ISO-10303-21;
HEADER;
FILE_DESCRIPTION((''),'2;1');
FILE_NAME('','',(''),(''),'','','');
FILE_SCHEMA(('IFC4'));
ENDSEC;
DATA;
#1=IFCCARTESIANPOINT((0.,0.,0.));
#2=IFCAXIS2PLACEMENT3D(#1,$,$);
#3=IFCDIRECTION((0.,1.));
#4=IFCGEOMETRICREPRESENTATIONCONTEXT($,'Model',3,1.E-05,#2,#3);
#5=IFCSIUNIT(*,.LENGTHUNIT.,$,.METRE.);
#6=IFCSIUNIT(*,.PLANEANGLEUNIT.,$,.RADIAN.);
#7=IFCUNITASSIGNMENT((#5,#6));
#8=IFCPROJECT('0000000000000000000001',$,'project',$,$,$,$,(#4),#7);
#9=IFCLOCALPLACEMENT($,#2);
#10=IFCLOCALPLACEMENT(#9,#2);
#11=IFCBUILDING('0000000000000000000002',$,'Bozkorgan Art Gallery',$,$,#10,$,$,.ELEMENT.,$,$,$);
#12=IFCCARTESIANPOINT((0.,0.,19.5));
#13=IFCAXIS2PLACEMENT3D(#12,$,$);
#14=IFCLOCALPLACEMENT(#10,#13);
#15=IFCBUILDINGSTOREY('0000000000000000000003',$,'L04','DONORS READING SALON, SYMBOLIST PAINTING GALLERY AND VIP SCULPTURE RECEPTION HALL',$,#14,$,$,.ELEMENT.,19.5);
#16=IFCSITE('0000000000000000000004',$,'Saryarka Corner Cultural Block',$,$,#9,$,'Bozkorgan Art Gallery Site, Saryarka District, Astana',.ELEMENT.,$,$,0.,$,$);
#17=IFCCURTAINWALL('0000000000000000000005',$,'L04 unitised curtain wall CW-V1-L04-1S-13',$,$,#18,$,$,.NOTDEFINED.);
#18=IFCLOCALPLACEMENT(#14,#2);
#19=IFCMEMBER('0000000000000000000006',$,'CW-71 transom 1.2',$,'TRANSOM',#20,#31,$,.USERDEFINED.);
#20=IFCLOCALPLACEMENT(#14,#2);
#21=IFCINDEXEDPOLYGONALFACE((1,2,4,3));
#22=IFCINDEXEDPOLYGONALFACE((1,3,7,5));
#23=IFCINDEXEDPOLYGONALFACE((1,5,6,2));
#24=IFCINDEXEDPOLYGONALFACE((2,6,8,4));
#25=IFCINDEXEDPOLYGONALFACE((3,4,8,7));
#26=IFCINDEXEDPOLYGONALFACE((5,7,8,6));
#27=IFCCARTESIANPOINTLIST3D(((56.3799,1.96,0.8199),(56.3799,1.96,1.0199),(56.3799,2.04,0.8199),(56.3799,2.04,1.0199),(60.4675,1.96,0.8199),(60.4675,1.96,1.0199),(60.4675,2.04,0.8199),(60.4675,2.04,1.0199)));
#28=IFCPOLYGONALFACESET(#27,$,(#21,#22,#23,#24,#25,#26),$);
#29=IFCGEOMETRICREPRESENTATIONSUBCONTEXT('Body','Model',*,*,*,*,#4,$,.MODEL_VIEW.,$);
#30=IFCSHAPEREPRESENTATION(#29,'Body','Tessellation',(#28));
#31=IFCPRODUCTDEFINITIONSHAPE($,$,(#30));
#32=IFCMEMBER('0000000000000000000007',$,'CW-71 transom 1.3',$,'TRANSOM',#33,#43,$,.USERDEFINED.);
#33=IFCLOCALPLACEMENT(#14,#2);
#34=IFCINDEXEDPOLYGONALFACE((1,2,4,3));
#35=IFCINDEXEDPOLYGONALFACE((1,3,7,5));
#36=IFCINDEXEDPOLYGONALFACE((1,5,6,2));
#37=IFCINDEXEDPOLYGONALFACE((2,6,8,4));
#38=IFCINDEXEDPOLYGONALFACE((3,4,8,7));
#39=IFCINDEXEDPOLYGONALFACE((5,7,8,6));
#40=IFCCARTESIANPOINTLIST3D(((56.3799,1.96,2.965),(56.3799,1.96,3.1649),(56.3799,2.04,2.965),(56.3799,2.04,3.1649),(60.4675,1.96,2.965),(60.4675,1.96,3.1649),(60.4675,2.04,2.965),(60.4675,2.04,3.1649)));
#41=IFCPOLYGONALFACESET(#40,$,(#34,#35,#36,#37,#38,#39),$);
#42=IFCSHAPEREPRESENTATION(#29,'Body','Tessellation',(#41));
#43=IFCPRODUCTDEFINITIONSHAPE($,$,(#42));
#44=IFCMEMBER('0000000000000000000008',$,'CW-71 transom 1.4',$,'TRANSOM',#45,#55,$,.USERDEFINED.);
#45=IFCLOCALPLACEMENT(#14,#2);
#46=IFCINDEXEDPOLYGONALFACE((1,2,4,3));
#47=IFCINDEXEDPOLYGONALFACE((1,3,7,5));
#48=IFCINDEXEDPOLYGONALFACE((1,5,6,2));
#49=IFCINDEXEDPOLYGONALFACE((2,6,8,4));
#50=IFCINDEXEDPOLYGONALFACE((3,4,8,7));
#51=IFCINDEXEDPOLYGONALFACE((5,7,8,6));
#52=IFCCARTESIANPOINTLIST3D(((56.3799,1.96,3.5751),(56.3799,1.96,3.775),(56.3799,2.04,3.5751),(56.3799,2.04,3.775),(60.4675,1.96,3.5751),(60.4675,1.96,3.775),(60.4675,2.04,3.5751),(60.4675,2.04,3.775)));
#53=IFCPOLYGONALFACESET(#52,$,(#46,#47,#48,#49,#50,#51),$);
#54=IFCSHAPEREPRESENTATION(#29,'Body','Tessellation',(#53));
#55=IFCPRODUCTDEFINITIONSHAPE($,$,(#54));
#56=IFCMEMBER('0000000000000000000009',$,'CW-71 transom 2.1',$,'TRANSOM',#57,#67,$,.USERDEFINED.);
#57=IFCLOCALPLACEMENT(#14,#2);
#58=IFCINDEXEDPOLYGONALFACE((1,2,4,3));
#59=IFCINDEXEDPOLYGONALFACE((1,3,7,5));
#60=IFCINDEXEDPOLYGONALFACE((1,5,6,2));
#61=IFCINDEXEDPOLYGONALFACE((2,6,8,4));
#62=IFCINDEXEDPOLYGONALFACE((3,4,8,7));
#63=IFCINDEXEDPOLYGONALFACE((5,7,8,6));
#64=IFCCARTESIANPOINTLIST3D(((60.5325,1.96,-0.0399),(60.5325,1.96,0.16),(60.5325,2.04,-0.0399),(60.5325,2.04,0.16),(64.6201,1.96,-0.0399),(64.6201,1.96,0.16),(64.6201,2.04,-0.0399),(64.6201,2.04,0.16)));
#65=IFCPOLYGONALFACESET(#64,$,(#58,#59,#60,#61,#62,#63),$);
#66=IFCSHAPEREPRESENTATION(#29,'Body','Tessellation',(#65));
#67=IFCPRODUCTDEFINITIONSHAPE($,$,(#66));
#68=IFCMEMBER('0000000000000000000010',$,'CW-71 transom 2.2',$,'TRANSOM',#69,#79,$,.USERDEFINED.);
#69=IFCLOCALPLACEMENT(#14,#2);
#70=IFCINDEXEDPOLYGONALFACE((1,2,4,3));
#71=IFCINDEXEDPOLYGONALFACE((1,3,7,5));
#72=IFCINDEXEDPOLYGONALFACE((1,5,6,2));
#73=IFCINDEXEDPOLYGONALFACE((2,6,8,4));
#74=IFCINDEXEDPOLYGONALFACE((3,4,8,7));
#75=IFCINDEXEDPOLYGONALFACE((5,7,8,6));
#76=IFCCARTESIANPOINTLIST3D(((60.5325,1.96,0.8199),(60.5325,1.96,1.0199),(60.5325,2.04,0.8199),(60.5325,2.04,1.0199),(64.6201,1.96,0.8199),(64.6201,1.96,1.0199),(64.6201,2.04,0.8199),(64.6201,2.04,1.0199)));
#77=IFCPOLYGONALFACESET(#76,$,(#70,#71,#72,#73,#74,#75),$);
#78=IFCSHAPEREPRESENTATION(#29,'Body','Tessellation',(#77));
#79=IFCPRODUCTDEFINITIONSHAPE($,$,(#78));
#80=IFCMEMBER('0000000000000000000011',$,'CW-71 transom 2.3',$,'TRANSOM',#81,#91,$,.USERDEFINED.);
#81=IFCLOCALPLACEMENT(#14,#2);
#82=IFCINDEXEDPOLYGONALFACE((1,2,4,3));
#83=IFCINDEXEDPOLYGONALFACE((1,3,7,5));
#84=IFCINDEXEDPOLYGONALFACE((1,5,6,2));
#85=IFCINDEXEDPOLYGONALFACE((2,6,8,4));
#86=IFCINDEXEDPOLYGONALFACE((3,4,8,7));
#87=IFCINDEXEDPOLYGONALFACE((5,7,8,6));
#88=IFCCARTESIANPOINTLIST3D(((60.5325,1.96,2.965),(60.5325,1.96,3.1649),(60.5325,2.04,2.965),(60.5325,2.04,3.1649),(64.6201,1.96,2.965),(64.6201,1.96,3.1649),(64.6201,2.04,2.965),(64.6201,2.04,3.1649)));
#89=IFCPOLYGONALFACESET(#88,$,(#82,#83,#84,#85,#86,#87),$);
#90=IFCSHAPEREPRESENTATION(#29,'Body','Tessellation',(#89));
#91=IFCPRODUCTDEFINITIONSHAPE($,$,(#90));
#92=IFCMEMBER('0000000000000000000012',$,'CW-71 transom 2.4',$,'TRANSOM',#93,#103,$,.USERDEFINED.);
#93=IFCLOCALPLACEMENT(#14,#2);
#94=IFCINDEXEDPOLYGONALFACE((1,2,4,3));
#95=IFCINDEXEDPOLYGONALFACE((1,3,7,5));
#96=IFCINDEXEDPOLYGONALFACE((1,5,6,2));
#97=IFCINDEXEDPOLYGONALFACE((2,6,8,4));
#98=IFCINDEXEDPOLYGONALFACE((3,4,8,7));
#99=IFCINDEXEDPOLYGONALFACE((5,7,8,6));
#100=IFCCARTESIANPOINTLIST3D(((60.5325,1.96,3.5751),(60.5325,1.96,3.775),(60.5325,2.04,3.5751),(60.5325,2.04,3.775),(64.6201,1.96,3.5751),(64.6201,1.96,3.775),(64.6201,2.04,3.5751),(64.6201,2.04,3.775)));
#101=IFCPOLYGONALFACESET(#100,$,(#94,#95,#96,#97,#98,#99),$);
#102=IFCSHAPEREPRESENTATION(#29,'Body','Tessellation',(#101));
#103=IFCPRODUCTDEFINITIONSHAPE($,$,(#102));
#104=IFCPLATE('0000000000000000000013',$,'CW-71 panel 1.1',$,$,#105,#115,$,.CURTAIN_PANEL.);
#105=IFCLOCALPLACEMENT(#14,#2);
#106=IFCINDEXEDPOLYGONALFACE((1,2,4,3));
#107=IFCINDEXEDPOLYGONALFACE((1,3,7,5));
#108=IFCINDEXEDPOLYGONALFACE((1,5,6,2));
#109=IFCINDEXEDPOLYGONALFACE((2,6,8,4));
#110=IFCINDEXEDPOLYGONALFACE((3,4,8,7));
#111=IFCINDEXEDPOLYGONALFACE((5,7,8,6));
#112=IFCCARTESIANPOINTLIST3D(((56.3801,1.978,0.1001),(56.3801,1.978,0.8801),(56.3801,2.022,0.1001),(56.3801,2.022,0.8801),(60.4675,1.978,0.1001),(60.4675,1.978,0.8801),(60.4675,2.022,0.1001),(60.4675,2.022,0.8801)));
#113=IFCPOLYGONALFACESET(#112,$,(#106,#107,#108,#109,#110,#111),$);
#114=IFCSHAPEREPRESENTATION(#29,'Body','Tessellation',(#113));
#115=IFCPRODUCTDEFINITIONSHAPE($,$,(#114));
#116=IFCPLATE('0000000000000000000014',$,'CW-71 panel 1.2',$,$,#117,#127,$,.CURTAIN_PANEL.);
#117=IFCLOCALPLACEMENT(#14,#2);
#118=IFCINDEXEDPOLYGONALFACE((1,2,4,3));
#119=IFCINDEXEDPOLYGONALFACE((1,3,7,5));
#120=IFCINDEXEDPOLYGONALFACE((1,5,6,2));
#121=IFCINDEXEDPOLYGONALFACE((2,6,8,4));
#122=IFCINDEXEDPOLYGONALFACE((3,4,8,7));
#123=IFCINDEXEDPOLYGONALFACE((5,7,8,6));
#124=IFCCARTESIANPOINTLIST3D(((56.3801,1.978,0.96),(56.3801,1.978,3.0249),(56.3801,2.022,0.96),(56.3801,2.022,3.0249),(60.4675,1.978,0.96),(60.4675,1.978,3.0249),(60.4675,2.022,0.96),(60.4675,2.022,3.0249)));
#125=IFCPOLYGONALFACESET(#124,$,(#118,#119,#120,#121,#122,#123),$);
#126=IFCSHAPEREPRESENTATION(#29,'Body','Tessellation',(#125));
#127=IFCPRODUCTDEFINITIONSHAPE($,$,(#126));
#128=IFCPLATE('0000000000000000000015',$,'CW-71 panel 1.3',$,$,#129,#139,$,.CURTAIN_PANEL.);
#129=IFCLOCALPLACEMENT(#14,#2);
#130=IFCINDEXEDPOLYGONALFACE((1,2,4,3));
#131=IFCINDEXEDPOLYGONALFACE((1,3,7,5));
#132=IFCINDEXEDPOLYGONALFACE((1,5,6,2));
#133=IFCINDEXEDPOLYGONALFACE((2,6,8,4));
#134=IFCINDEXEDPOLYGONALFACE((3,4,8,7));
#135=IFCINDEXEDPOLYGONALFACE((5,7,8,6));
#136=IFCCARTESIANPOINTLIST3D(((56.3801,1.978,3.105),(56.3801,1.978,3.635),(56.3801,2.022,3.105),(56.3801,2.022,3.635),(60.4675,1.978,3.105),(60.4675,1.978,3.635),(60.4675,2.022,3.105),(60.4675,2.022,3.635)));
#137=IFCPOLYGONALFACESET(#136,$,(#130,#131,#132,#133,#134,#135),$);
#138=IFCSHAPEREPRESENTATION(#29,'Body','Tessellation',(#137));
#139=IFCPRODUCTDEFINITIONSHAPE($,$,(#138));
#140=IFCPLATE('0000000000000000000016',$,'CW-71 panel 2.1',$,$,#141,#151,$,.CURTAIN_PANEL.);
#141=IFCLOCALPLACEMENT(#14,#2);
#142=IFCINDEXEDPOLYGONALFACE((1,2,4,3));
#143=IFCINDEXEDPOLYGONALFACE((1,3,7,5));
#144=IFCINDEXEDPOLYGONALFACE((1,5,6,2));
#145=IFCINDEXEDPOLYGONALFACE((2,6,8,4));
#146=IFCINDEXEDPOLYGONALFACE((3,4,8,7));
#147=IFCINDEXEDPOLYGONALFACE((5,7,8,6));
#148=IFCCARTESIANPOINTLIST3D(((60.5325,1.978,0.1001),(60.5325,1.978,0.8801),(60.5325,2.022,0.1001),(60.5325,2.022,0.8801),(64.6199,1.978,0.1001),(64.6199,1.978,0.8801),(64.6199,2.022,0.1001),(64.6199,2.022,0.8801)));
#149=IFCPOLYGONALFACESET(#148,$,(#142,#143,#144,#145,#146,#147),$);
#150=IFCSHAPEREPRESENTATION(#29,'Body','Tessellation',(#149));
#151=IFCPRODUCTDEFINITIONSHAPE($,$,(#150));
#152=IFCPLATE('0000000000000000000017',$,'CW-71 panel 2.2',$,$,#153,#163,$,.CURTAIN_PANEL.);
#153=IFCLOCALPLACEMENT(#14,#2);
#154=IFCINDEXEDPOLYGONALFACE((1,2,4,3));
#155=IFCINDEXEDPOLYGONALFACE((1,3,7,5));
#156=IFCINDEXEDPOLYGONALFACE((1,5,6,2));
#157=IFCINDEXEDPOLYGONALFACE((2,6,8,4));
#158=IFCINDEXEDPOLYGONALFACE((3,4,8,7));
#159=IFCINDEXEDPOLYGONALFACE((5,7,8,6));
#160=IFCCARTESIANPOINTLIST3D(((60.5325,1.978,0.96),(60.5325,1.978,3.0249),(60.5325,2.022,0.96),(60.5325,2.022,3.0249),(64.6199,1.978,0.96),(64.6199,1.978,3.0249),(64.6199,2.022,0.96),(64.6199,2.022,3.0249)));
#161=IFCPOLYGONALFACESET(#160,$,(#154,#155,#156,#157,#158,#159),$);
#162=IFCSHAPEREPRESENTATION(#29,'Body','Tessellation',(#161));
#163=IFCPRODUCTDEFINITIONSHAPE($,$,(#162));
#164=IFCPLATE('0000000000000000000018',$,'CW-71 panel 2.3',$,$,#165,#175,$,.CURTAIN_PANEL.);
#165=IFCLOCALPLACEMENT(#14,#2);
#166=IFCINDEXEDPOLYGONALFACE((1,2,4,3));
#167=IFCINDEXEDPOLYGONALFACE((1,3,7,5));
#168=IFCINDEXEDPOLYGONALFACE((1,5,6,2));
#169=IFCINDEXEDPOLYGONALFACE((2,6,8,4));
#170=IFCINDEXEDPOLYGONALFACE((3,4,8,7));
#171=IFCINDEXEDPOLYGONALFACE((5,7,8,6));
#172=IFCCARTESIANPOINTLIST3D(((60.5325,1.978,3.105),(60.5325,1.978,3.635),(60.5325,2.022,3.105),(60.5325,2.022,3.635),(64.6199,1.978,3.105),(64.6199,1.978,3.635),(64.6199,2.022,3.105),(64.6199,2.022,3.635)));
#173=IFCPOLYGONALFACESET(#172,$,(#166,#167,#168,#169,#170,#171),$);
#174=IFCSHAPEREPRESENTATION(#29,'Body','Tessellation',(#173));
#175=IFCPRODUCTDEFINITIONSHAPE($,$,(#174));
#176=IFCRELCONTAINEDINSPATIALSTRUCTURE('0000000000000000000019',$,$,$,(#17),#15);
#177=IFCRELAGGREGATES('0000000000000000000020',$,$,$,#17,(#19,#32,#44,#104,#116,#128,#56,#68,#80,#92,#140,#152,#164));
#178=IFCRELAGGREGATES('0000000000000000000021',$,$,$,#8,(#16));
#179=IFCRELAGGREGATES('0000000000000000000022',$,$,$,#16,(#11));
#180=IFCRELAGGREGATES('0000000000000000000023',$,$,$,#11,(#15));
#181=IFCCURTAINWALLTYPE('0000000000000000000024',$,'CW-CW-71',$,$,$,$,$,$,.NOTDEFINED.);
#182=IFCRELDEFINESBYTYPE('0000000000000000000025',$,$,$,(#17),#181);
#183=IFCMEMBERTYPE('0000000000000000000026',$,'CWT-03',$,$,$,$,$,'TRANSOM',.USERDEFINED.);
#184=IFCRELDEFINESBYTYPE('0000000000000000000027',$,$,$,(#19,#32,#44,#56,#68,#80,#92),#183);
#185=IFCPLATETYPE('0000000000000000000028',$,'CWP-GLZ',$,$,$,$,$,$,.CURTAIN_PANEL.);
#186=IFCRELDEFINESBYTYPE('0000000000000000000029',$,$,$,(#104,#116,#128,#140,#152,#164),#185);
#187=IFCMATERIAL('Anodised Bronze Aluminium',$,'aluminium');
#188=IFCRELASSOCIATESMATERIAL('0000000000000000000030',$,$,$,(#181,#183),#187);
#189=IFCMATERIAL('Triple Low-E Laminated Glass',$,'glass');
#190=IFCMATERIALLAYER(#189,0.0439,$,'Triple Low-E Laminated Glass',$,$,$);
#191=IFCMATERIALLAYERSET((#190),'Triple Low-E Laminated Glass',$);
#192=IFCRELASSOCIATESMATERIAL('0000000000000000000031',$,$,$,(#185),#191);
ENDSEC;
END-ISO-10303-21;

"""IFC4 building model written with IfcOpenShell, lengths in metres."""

from ifc_helpers import new_model, si_unit, direction, frame, origin, origin_2d, place, context, subcontext, project, spatial, rectangle, extrude, material, layer, layer_set, material_profile, profile_set, type_object, element, aggregate, save


model = new_model("IFC4")

# Units and contexts
model_context = context("Model", 3, precision=1e-05, world=origin(), true_north=direction((0.0, 1.0)))
body_context = subcontext(model_context, "Body", "Model", "MODEL_VIEW")
ifc_project = project(units=[si_unit("LENGTHUNIT", "METRE"), si_unit("PLANEANGLEUNIT", "RADIAN")], contexts=[model_context])

# Site, building, storey
site_placement = place(None, origin())
site = spatial("IfcSite", under=ifc_project, at=site_placement, Name="Saryarka Corner Cultural Block", LongName="Bozkorgan Art Gallery Site, Saryarka District, Astana", CompositionType="ELEMENT", RefElevation=0.0)
building_placement = place(site_placement, origin())
building = spatial("IfcBuilding", under=site, at=building_placement, Name="Bozkorgan Art Gallery", CompositionType="ELEMENT")
storey_placement = place(building_placement, frame((0.0, 0.0, 19.5)))
storey = spatial("IfcBuildingStorey", under=building, at=storey_placement, Name="L04", Description="DONORS READING SALON, SYMBOLIST PAINTING GALLERY AND VIP SCULPTURE RECEPTION HALL", CompositionType="ELEMENT", Elevation=19.5)

# Curtain wall
ifc_material_1 = material(Name="Anodised Bronze Aluminium", Category="aluminium")
curtain_wall_type = type_object("IfcCurtainWallType", Name="CW-CW-71", PredefinedType="NOTDEFINED", material=ifc_material_1)
curtain_wall_1_placement = place(storey_placement, origin())
curtain_wall_1 = element("IfcCurtainWall", 1, at=curtain_wall_1_placement, inside=storey, type_object=curtain_wall_type, Name="L04 unitised curtain wall CW-V1-L04-1S-13", PredefinedType="NOTDEFINED")

# Members
ifc_material_profile_1 = material_profile(ifc_material_1, rectangle(XDim=0.0801, YDim=0.2, at=origin_2d()), Name="ALU TRANSOM 80x200")
ifc_profile_set_1 = profile_set([ifc_material_profile_1], Name="Anodised Bronze Aluminium")
member_type_1 = type_object("IfcMemberType", Name="CWT-03", ElementType="TRANSOM", PredefinedType="USERDEFINED", material=ifc_profile_set_1)
member_1_placement = place(storey_placement, frame((56.3799, 2.0, 0.9199), z_axis=(1.0, 0.0, 0.0), x_axis=(0.0, 1.0, 0.0)))
member_1 = element("IfcMember", 2, at=member_1_placement, type_object=member_type_1, Name="CW-71 transom 1.2", ObjectType="TRANSOM", PredefinedType="USERDEFINED", context=body_context, shape_type="SweptSolid", body=[
    extrude(rectangle(XDim=0.0801, YDim=0.2, at=origin_2d()), origin(), (0.0, 0.0, 1.0), 4.0876),
])
member_2_placement = place(storey_placement, frame((56.3799, 2.0, 3.0649), z_axis=(1.0, 0.0, 0.0), x_axis=(0.0, 1.0, 0.0)))
member_2 = element("IfcMember", 3, at=member_2_placement, type_object=member_type_1, Name="CW-71 transom 1.3", ObjectType="TRANSOM", PredefinedType="USERDEFINED", context=body_context, shape_type="SweptSolid", body=[
    extrude(rectangle(XDim=0.0801, YDim=0.2, at=origin_2d()), origin(), (0.0, 0.0, 1.0), 4.0876),
])
member_3_placement = place(storey_placement, frame((56.3799, 2.0, 3.675), z_axis=(1.0, 0.0, 0.0), x_axis=(0.0, 1.0, 0.0)))
member_3 = element("IfcMember", 4, at=member_3_placement, type_object=member_type_1, Name="CW-71 transom 1.4", ObjectType="TRANSOM", PredefinedType="USERDEFINED", context=body_context, shape_type="SweptSolid", body=[
    extrude(rectangle(XDim=0.0801, YDim=0.2, at=origin_2d()), origin(), (0.0, 0.0, 1.0), 4.0876),
])
member_4_placement = place(storey_placement, frame((60.5325, 2.0, 0.0601), z_axis=(1.0, 0.0, 0.0), x_axis=(0.0, 1.0, 0.0)))
member_4 = element("IfcMember", 5, at=member_4_placement, type_object=member_type_1, Name="CW-71 transom 2.1", ObjectType="TRANSOM", PredefinedType="USERDEFINED", context=body_context, shape_type="SweptSolid", body=[
    extrude(rectangle(XDim=0.0801, YDim=0.2, at=origin_2d()), origin(), (0.0, 0.0, 1.0), 4.0876),
])
member_5_placement = place(storey_placement, frame((60.5325, 2.0, 0.9199), z_axis=(1.0, 0.0, 0.0), x_axis=(0.0, 1.0, 0.0)))
member_5 = element("IfcMember", 6, at=member_5_placement, type_object=member_type_1, Name="CW-71 transom 2.2", ObjectType="TRANSOM", PredefinedType="USERDEFINED", context=body_context, shape_type="SweptSolid", body=[
    extrude(rectangle(XDim=0.0801, YDim=0.2, at=origin_2d()), origin(), (0.0, 0.0, 1.0), 4.0876),
])
member_6_placement = place(storey_placement, frame((60.5325, 2.0, 3.0649), z_axis=(1.0, 0.0, 0.0), x_axis=(0.0, 1.0, 0.0)))
member_6 = element("IfcMember", 7, at=member_6_placement, type_object=member_type_1, Name="CW-71 transom 2.3", ObjectType="TRANSOM", PredefinedType="USERDEFINED", context=body_context, shape_type="SweptSolid", body=[
    extrude(rectangle(XDim=0.0801, YDim=0.2, at=origin_2d()), origin(), (0.0, 0.0, 1.0), 4.0876),
])
member_7_placement = place(storey_placement, frame((60.5325, 2.0, 3.675), z_axis=(1.0, 0.0, 0.0), x_axis=(0.0, 1.0, 0.0)))
member_7 = element("IfcMember", 8, at=member_7_placement, type_object=member_type_1, Name="CW-71 transom 2.4", ObjectType="TRANSOM", PredefinedType="USERDEFINED", context=body_context, shape_type="SweptSolid", body=[
    extrude(rectangle(XDim=0.0801, YDim=0.2, at=origin_2d()), origin(), (0.0, 0.0, 1.0), 4.0876),
])

# Plates
ifc_material_2 = material(Name="Triple Low-E Laminated Glass", Category="glass")
ifc_layer = layer(ifc_material_2, 0.0439, Name="Triple Low-E Laminated Glass")
ifc_layer_set = layer_set([ifc_layer], Name="Triple Low-E Laminated Glass")
plate_type = type_object("IfcPlateType", Name="CWP-GLZ", PredefinedType="CURTAIN_PANEL", material=ifc_layer_set)
plate_1_placement = place(storey_placement, frame((58.4238, 2.0, 0.1001), z_axis=(0.0, 0.0, 1.0), x_axis=(1.0, 0.0, 0.0)))
plate_1 = element("IfcPlate", 9, at=plate_1_placement, type_object=plate_type, Name="CW-71 panel 1.1", PredefinedType="CURTAIN_PANEL", context=body_context, shape_type="SweptSolid", body=[
    extrude(rectangle(XDim=4.0874, YDim=0.0439, at=origin_2d()), origin(), (0.0, 0.0, 1.0), 0.78),
])
plate_2_placement = place(storey_placement, frame((58.4238, 2.0, 0.96), z_axis=(0.0, 0.0, 1.0), x_axis=(1.0, 0.0, 0.0)))
plate_2 = element("IfcPlate", 10, at=plate_2_placement, type_object=plate_type, Name="CW-71 panel 1.2", PredefinedType="CURTAIN_PANEL", context=body_context, shape_type="SweptSolid", body=[
    extrude(rectangle(XDim=4.0874, YDim=0.0439, at=origin_2d()), origin(), (0.0, 0.0, 1.0), 2.0649),
])
plate_3_placement = place(storey_placement, frame((58.4238, 2.0, 3.105), z_axis=(0.0, 0.0, 1.0), x_axis=(1.0, 0.0, 0.0)))
plate_3 = element("IfcPlate", 11, at=plate_3_placement, type_object=plate_type, Name="CW-71 panel 1.3", PredefinedType="CURTAIN_PANEL", context=body_context, shape_type="SweptSolid", body=[
    extrude(rectangle(XDim=4.0874, YDim=0.0439, at=origin_2d()), origin(), (0.0, 0.0, 1.0), 0.53),
])
plate_4_placement = place(storey_placement, frame((62.5762, 2.0, 0.1001), z_axis=(0.0, 0.0, 1.0), x_axis=(1.0, 0.0, 0.0)))
plate_4 = element("IfcPlate", 12, at=plate_4_placement, type_object=plate_type, Name="CW-71 panel 2.1", PredefinedType="CURTAIN_PANEL", context=body_context, shape_type="SweptSolid", body=[
    extrude(rectangle(XDim=4.0874, YDim=0.0439, at=origin_2d()), origin(), (0.0, 0.0, 1.0), 0.78),
])
plate_5_placement = place(storey_placement, frame((62.5762, 2.0, 0.96), z_axis=(0.0, 0.0, 1.0), x_axis=(1.0, 0.0, 0.0)))
plate_5 = element("IfcPlate", 13, at=plate_5_placement, type_object=plate_type, Name="CW-71 panel 2.2", PredefinedType="CURTAIN_PANEL", context=body_context, shape_type="SweptSolid", body=[
    extrude(rectangle(XDim=4.0874, YDim=0.0439, at=origin_2d()), origin(), (0.0, 0.0, 1.0), 2.0649),
])
plate_6_placement = place(storey_placement, frame((62.5762, 2.0, 3.105), z_axis=(0.0, 0.0, 1.0), x_axis=(1.0, 0.0, 0.0)))
plate_6 = element("IfcPlate", 14, at=plate_6_placement, type_object=plate_type, Name="CW-71 panel 2.3", PredefinedType="CURTAIN_PANEL", context=body_context, shape_type="SweptSolid", body=[
    extrude(rectangle(XDim=4.0874, YDim=0.0439, at=origin_2d()), origin(), (0.0, 0.0, 1.0), 0.53),
])
aggregate(curtain_wall_1, [member_1, member_2, member_3, plate_1, plate_2, plate_3, member_4, member_5, member_6, member_7, plate_4, plate_5, plate_6])

save(model, "model.ifc")
